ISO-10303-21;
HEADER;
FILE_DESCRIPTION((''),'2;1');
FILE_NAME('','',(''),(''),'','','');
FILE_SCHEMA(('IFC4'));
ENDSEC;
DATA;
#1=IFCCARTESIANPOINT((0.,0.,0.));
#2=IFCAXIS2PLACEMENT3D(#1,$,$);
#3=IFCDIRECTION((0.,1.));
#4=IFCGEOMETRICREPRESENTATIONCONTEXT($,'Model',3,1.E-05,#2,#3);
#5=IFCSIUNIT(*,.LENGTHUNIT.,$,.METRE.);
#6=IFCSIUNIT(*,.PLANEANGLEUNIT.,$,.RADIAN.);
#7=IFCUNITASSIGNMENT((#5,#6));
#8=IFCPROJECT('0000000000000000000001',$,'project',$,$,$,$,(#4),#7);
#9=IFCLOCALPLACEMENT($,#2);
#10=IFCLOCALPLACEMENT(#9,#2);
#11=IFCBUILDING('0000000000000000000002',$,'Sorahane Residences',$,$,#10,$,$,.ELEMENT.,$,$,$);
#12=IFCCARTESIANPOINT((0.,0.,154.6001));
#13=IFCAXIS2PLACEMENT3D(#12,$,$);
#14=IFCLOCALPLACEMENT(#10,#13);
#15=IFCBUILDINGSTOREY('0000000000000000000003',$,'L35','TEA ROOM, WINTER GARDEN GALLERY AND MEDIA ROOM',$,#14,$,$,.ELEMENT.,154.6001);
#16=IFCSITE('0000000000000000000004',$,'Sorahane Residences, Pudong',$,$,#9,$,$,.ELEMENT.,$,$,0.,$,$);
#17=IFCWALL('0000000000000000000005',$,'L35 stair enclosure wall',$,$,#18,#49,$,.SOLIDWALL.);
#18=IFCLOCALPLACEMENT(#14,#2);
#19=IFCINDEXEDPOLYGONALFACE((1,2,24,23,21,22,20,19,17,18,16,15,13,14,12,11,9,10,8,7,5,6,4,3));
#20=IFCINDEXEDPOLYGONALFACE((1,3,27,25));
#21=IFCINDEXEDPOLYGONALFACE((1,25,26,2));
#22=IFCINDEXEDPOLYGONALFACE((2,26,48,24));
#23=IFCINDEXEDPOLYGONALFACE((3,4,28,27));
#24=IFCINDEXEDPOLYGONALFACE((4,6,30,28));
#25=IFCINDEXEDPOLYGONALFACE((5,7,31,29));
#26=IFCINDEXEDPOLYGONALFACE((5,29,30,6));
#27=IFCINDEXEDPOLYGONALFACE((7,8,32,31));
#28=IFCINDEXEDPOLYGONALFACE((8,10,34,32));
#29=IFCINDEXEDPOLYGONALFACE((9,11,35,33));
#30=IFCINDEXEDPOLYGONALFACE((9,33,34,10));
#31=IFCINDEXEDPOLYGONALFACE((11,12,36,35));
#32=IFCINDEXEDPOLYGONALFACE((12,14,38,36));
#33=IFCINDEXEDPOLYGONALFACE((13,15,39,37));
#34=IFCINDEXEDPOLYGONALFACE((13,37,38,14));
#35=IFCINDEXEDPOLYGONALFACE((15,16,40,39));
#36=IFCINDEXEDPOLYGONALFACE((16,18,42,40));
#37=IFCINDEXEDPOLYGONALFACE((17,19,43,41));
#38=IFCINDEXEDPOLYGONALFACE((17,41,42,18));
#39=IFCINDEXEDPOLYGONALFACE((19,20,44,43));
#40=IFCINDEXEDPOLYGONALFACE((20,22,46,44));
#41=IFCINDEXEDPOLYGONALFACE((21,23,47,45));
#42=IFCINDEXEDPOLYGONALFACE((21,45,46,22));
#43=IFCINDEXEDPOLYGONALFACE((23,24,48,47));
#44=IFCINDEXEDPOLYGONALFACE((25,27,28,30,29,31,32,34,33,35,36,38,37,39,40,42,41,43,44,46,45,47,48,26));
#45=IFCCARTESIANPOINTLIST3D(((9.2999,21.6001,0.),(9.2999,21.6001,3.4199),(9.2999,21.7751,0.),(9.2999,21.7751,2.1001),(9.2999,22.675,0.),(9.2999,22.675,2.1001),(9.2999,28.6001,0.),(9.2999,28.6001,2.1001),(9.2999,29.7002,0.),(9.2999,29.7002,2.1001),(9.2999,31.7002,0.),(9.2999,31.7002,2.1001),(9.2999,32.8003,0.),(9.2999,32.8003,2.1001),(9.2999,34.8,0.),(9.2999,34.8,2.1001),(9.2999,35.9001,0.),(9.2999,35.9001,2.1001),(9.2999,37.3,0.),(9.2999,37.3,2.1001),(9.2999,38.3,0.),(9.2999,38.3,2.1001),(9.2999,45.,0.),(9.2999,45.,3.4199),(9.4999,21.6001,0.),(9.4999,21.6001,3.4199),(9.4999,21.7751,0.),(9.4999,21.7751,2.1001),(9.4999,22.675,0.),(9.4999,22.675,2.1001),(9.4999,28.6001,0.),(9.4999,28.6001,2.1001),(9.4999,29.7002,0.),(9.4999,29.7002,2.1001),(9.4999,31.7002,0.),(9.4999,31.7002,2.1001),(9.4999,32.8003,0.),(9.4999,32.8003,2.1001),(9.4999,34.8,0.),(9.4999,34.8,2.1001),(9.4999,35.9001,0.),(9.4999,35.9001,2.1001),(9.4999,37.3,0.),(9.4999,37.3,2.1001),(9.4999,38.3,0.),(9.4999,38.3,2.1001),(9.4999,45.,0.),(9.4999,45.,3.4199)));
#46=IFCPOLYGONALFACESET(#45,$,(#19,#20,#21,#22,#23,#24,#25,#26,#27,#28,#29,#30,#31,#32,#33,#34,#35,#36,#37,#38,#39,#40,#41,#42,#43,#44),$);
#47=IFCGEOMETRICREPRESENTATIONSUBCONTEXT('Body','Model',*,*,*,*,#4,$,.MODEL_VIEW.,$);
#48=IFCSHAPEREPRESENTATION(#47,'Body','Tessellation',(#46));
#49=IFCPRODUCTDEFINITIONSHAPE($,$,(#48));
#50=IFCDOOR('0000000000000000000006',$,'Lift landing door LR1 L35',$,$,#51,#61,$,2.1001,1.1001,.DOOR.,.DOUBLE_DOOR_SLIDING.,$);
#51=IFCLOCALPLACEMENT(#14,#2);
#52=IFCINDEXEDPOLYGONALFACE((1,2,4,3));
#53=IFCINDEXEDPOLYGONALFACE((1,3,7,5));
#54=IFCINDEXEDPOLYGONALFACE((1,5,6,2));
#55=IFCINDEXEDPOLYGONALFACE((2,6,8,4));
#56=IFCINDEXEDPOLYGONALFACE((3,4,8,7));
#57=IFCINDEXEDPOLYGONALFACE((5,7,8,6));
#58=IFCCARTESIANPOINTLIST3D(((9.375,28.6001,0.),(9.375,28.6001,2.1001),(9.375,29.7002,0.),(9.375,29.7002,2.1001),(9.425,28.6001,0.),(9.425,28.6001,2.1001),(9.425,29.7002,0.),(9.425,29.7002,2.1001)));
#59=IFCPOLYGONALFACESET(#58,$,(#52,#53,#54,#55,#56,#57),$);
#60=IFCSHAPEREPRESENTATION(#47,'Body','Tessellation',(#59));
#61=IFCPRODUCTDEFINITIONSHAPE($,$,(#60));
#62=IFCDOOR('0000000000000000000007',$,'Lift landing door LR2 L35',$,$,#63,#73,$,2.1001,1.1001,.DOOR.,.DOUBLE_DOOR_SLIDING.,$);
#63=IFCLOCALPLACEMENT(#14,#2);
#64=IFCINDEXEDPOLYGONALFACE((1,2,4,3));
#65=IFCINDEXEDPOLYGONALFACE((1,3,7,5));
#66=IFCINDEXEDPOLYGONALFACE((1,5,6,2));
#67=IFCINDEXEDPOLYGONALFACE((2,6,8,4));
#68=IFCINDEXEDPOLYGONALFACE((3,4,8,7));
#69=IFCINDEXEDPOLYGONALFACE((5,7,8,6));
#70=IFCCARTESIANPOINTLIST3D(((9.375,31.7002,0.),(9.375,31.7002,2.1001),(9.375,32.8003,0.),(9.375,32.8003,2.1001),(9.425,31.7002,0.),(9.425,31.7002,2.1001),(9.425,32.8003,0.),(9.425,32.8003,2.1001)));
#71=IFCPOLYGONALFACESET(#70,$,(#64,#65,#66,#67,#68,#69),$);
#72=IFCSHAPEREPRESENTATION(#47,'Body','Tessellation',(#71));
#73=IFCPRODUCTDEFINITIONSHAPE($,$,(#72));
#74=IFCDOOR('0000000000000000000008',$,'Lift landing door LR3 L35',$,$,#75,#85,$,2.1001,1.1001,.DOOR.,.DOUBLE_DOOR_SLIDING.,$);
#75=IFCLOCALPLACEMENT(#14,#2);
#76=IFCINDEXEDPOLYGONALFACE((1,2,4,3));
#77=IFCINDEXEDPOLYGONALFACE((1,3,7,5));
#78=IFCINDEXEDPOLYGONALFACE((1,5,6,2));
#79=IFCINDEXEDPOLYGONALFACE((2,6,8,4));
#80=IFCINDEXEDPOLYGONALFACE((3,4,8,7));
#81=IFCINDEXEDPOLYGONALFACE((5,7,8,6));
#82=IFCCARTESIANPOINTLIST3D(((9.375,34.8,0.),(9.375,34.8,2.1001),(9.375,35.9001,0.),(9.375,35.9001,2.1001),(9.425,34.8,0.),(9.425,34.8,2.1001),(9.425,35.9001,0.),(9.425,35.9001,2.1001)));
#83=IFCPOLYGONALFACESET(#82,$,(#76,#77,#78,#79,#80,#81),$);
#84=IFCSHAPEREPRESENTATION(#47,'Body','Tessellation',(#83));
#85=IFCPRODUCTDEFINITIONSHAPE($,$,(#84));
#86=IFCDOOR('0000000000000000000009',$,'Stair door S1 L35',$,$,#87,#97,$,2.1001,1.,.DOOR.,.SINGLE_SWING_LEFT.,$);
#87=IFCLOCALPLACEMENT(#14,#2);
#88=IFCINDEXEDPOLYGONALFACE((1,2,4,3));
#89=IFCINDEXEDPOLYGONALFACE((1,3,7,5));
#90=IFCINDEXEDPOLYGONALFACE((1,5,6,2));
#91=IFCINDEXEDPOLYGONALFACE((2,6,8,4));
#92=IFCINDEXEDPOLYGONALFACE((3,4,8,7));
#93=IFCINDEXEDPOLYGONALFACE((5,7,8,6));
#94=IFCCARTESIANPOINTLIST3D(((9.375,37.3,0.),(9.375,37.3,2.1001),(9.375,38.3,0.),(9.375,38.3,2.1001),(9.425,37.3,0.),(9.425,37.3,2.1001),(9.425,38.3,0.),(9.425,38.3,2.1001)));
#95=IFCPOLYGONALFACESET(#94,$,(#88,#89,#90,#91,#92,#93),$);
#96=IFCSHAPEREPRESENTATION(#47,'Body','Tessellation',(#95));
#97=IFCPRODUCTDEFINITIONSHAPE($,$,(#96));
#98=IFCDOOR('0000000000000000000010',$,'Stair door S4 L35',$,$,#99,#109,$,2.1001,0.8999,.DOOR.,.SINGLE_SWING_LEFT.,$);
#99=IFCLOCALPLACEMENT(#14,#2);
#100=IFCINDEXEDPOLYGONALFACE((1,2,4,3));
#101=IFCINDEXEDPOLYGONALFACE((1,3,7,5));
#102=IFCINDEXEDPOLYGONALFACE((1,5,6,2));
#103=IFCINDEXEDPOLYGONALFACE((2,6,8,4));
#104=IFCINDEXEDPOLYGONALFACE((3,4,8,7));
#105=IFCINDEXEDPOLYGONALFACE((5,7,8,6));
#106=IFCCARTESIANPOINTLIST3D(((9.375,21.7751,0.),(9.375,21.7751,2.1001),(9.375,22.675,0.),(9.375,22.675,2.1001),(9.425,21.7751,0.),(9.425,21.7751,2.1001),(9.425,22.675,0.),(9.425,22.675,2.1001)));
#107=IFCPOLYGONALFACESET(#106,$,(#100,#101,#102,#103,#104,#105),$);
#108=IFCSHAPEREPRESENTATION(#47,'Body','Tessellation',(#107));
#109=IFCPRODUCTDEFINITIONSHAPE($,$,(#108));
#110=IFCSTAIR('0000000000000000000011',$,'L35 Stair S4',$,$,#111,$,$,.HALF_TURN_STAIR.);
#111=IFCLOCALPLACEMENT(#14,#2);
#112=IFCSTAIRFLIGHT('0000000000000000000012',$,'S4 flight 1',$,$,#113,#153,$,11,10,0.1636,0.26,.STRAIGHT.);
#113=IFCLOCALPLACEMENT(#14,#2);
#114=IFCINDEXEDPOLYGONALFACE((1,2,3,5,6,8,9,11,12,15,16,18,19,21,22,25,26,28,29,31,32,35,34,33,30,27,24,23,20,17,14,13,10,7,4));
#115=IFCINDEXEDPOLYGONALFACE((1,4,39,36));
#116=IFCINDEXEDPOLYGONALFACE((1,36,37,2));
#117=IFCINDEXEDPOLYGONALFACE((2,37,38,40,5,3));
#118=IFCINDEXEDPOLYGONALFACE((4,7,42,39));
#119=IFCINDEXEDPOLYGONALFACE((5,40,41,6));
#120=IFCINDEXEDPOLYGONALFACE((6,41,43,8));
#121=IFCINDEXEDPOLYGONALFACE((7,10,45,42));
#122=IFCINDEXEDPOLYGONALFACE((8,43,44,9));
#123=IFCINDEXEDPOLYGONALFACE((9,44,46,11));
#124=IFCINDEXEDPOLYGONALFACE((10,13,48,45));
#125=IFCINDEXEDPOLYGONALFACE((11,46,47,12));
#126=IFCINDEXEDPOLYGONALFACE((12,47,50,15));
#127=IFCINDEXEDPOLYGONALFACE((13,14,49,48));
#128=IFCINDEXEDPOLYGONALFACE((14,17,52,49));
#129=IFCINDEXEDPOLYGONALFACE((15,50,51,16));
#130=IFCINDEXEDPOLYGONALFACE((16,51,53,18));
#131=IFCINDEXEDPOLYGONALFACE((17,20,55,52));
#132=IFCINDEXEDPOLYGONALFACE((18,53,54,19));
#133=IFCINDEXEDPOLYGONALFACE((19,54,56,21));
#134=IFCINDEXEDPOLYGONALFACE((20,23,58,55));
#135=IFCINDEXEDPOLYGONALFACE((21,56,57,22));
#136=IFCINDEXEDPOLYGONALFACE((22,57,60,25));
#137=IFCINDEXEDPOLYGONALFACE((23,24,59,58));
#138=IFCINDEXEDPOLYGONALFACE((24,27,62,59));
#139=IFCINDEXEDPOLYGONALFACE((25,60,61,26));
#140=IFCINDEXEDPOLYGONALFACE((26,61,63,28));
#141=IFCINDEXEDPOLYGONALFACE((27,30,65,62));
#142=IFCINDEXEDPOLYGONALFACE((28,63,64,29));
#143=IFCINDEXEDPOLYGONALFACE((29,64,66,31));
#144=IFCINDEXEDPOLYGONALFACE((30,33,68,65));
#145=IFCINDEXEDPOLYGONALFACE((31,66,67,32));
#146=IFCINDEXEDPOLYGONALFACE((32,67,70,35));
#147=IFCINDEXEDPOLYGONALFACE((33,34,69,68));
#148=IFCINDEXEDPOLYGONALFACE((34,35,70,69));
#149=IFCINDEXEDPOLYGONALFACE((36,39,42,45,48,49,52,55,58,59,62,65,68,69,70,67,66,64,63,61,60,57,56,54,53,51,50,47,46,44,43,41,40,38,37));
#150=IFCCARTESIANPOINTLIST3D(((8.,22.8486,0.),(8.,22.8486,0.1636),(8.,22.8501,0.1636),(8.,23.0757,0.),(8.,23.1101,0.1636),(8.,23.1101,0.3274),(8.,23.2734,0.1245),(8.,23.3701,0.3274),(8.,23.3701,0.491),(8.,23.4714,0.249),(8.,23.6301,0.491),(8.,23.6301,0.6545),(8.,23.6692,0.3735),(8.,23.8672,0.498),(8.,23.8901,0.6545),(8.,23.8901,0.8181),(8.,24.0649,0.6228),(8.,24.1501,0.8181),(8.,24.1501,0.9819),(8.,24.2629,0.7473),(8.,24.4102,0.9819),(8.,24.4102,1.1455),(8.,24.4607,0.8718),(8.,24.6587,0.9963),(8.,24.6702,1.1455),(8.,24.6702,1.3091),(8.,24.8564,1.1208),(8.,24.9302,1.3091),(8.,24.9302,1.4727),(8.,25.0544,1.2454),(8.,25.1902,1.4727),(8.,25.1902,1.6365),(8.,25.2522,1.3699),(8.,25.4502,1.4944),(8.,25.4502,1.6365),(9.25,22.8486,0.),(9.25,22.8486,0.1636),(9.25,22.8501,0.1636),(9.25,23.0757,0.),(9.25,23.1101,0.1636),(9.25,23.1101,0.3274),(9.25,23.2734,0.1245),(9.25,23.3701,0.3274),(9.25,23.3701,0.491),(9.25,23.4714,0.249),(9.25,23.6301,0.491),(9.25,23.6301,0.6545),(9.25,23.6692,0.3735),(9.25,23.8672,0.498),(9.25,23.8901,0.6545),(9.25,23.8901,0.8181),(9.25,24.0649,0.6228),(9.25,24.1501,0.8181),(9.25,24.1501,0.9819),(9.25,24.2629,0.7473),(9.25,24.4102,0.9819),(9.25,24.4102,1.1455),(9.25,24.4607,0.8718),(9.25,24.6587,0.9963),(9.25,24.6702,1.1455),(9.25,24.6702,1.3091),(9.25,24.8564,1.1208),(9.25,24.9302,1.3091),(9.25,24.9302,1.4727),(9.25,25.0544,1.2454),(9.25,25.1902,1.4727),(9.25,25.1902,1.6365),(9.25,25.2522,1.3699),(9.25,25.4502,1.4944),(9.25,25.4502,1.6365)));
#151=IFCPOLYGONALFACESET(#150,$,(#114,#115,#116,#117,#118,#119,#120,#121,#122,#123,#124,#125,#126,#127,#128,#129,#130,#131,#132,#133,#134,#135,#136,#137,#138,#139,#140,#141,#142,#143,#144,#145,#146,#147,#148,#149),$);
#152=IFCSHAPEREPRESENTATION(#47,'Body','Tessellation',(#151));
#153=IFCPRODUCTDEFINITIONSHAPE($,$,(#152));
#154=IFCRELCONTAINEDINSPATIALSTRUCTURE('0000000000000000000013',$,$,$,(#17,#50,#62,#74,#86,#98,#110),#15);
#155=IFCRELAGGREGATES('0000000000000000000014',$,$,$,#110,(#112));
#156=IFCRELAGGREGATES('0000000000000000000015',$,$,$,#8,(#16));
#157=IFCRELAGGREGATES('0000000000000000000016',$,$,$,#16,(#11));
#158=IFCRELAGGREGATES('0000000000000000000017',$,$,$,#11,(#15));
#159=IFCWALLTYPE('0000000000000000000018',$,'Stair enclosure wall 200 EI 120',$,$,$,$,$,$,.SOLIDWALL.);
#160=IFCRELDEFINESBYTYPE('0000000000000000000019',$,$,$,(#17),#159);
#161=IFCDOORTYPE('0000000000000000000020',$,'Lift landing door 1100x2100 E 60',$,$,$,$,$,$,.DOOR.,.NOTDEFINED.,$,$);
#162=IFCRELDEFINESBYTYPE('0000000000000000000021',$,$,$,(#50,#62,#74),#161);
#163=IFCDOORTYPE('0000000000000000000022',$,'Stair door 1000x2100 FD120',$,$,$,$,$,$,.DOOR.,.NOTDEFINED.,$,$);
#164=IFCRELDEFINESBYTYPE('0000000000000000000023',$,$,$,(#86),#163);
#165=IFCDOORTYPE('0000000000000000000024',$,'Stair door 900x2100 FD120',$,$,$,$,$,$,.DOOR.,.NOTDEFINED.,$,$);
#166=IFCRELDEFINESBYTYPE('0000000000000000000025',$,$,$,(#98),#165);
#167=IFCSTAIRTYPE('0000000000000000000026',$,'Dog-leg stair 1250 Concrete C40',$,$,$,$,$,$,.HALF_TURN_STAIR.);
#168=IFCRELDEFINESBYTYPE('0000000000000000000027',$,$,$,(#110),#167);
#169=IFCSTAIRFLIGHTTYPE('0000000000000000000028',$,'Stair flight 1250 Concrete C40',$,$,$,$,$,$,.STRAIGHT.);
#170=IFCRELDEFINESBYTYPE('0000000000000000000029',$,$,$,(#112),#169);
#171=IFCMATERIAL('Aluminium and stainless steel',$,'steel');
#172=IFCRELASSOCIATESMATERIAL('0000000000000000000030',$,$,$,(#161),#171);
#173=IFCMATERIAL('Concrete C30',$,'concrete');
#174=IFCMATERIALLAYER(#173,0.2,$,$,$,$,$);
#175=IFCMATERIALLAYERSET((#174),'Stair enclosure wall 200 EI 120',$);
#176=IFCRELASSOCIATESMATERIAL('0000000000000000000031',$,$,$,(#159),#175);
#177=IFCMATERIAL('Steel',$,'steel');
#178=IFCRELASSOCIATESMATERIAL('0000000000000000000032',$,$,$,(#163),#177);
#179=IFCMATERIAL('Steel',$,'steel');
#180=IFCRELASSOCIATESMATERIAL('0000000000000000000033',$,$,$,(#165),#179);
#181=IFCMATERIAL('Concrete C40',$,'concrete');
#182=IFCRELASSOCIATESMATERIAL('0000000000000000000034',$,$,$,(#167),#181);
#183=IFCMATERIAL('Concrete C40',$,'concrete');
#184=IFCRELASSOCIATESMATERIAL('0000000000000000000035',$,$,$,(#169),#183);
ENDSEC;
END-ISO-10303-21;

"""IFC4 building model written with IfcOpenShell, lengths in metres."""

from ifc_helpers import new_model, si_unit, direction, frame, frame_2d, origin, place, context, subcontext, project, spatial, polyline, rectangle, outline, extrude, material, layer, layer_set, type_object, element, fill, aggregate, save


model = new_model("IFC4")

# Units and contexts
model_context = context("Model", 3, precision=1e-05, world=origin(), true_north=direction((0.0, 1.0)))
body_context = subcontext(model_context, "Body", "Model", "MODEL_VIEW")
ifc_project = project(units=[si_unit("LENGTHUNIT", "METRE"), si_unit("PLANEANGLEUNIT", "RADIAN")], contexts=[model_context])

# Site, building, storey
site_placement = place(None, origin())
site = spatial("IfcSite", under=ifc_project, at=site_placement, Name="Sorahane Residences, Pudong", CompositionType="ELEMENT", RefElevation=0.0)
building_placement = place(site_placement, origin())
building = spatial("IfcBuilding", under=site, at=building_placement, Name="Sorahane Residences", CompositionType="ELEMENT")
storey_placement = place(building_placement, frame((0.0, 0.0, 154.6001)))
storey = spatial("IfcBuildingStorey", under=building, at=storey_placement, Name="L35", Description="TEA ROOM, WINTER GARDEN GALLERY AND MEDIA ROOM", CompositionType="ELEMENT", Elevation=154.6001)

# Shared definitions
ifc_material_1 = material(Name="Aluminium and stainless steel", Category="steel")
door_type_1 = type_object("IfcDoorType", Name="Lift landing door 1100x2100 E 60", OperationType="NOTDEFINED", PredefinedType="DOOR", material=ifc_material_1)

# Wall, openings, doors
ifc_material_2 = material(Name="Concrete C30", Category="concrete")
ifc_layer_1 = layer(ifc_material_2, 0.2)
ifc_layer_set_1 = layer_set([ifc_layer_1], Name="Stair enclosure wall 200 EI 120")
wall_type_1 = type_object("IfcWallType", Name="Stair enclosure wall 200 EI 120", PredefinedType="SOLIDWALL", material=ifc_layer_set_1)
ifc_material_3 = material(Name="Steel", Category="steel")
door_type_2 = type_object("IfcDoorType", Name="Stair door 1000x2100 FD120", OperationType="NOTDEFINED", PredefinedType="DOOR", material=ifc_material_3)
wall_1_placement = place(storey_placement, frame((9.3999, 21.6001, 0.0), z_axis=(0.0, 0.0, 1.0), x_axis=(0.0, 1.0, 0.0)))
wall_1 = element("IfcWall", 1, at=wall_1_placement, inside=storey, type_object=wall_type_1, Name="L35 stair enclosure wall", PredefinedType="SOLIDWALL", context=body_context, shape_type="SweptSolid", body=[
    extrude(rectangle(XDim=23.3999, YDim=0.2, at=frame_2d((11.7, 0.0))), origin(), (0.0, 0.0, 1.0), 3.4199),
])
opening_1_placement = place(wall_1_placement, frame((7.0, 0.0, 0.0)))
opening_1 = element("IfcOpeningElement", 2, at=opening_1_placement, cuts=wall_1, PredefinedType="OPENING", context=body_context, shape_type="SweptSolid", body=[
    extrude(rectangle(XDim=1.1001, YDim=2.1001, at=frame_2d((0.55, 1.05))), frame((0.0, 0.1099, 0.0), z_axis=(0.0, -1.0, 0.0), x_axis=(1.0, 0.0, 0.0)), (0.0, 0.0, 1.0), 0.22),
])
opening_2_placement = place(wall_1_placement, frame((10.1001, 0.0, 0.0)))
opening_2 = element("IfcOpeningElement", 3, at=opening_2_placement, cuts=wall_1, PredefinedType="OPENING", context=body_context, shape_type="SweptSolid", body=[
    extrude(rectangle(XDim=1.1001, YDim=2.1001, at=frame_2d((0.55, 1.05))), frame((0.0, 0.1099, 0.0), z_axis=(0.0, -1.0, 0.0), x_axis=(1.0, 0.0, 0.0)), (0.0, 0.0, 1.0), 0.22),
])
opening_3_placement = place(wall_1_placement, frame((13.2, 0.0, 0.0)))
opening_3 = element("IfcOpeningElement", 4, at=opening_3_placement, cuts=wall_1, PredefinedType="OPENING", context=body_context, shape_type="SweptSolid", body=[
    extrude(rectangle(XDim=1.1001, YDim=2.1001, at=frame_2d((0.55, 1.05))), frame((0.0, 0.1099, 0.0), z_axis=(0.0, -1.0, 0.0), x_axis=(1.0, 0.0, 0.0)), (0.0, 0.0, 1.0), 0.22),
])
opening_4_placement = place(wall_1_placement, frame((15.7, 0.0, 0.0)))
opening_4 = element("IfcOpeningElement", 5, at=opening_4_placement, cuts=wall_1, PredefinedType="OPENING", context=body_context, shape_type="SweptSolid", body=[
    extrude(rectangle(XDim=1.0, YDim=2.1001, at=frame_2d((0.5, 1.05))), frame((0.0, 0.1099, 0.0), z_axis=(0.0, -1.0, 0.0), x_axis=(1.0, 0.0, 0.0)), (0.0, 0.0, 1.0), 0.22),
])
opening_5_placement = place(wall_1_placement, frame((0.175, 0.0, 0.0)))
opening_5 = element("IfcOpeningElement", 6, at=opening_5_placement, cuts=wall_1, PredefinedType="OPENING", context=body_context, shape_type="SweptSolid", body=[
    extrude(rectangle(XDim=0.8999, YDim=2.1001, at=frame_2d((0.45, 1.05))), frame((0.0, 0.1099, 0.0), z_axis=(0.0, -1.0, 0.0), x_axis=(1.0, 0.0, 0.0)), (0.0, 0.0, 1.0), 0.22),
])
door_1_placement = place(opening_1_placement, origin())
door_1 = element("IfcDoor", 7, at=door_1_placement, inside=storey, type_object=door_type_1, Name="Lift landing door LR1 L35", OperationType="DOUBLE_DOOR_SLIDING", OverallHeight=2.1001, OverallWidth=1.1001, PredefinedType="DOOR", context=body_context, shape_type="SweptSolid", body=[
    extrude(rectangle(XDim=1.1001, YDim=2.1001, at=frame_2d((0.55, 1.05))), frame((0.0, 0.0249, 0.0), z_axis=(0.0, -1.0, 0.0), x_axis=(1.0, 0.0, 0.0)), (0.0, 0.0, 1.0), 0.05),
])
fill(opening_1, door_1)
door_2_placement = place(opening_2_placement, origin())
door_2 = element("IfcDoor", 8, at=door_2_placement, inside=storey, type_object=door_type_1, Name="Lift landing door LR2 L35", OperationType="DOUBLE_DOOR_SLIDING", OverallHeight=2.1001, OverallWidth=1.1001, PredefinedType="DOOR", context=body_context, shape_type="SweptSolid", body=[
    extrude(rectangle(XDim=1.1001, YDim=2.1001, at=frame_2d((0.55, 1.05))), frame((0.0, 0.0249, 0.0), z_axis=(0.0, -1.0, 0.0), x_axis=(1.0, 0.0, 0.0)), (0.0, 0.0, 1.0), 0.05),
])
fill(opening_2, door_2)
door_3_placement = place(opening_3_placement, origin())
door_3 = element("IfcDoor", 9, at=door_3_placement, inside=storey, type_object=door_type_1, Name="Lift landing door LR3 L35", OperationType="DOUBLE_DOOR_SLIDING", OverallHeight=2.1001, OverallWidth=1.1001, PredefinedType="DOOR", context=body_context, shape_type="SweptSolid", body=[
    extrude(rectangle(XDim=1.1001, YDim=2.1001, at=frame_2d((0.55, 1.05))), frame((0.0, 0.0249, 0.0), z_axis=(0.0, -1.0, 0.0), x_axis=(1.0, 0.0, 0.0)), (0.0, 0.0, 1.0), 0.05),
])
fill(opening_3, door_3)
door_4_placement = place(opening_4_placement, origin())
door_4 = element("IfcDoor", 10, at=door_4_placement, inside=storey, type_object=door_type_2, Name="Stair door S1 L35", OperationType="SINGLE_SWING_LEFT", OverallHeight=2.1001, OverallWidth=1.0, PredefinedType="DOOR", context=body_context, shape_type="SweptSolid", body=[
    extrude(rectangle(XDim=1.0, YDim=2.1001, at=frame_2d((0.5, 1.05))), frame((0.0, 0.0249, 0.0), z_axis=(0.0, -1.0, 0.0), x_axis=(1.0, 0.0, 0.0)), (0.0, 0.0, 1.0), 0.05),
])
fill(opening_4, door_4)
ifc_material_4 = material(Name="Steel", Category="steel")
door_type_3 = type_object("IfcDoorType", Name="Stair door 900x2100 FD120", OperationType="NOTDEFINED", PredefinedType="DOOR", material=ifc_material_4)
door_5_placement = place(opening_5_placement, origin())
door_5 = element("IfcDoor", 11, at=door_5_placement, inside=storey, type_object=door_type_3, Name="Stair door S4 L35", OperationType="SINGLE_SWING_LEFT", OverallHeight=2.1001, OverallWidth=0.8999, PredefinedType="DOOR", context=body_context, shape_type="SweptSolid", body=[
    extrude(rectangle(XDim=0.8999, YDim=2.1001, at=frame_2d((0.45, 1.05))), frame((0.0, 0.0249, 0.0), z_axis=(0.0, -1.0, 0.0), x_axis=(1.0, 0.0, 0.0)), (0.0, 0.0, 1.0), 0.05),
])
fill(opening_5, door_5)

# Stair, stair flight
ifc_material_5 = material(Name="Concrete C40", Category="concrete")
stair_type = type_object("IfcStairType", Name="Dog-leg stair 1250 Concrete C40", PredefinedType="HALF_TURN_STAIR", material=ifc_material_5)
stair_placement = place(storey_placement, origin())
stair = element("IfcStair", 12, at=stair_placement, inside=storey, type_object=stair_type, Name="L35 Stair S4", PredefinedType="HALF_TURN_STAIR")
ifc_material_6 = material(Name="Concrete C40", Category="concrete")
stair_flight_type = type_object("IfcStairFlightType", Name="Stair flight 1250 Concrete C40", PredefinedType="STRAIGHT", material=ifc_material_6)
stair_flight_placement = place(storey_placement, frame((8.625, 22.8501, 0.0), z_axis=(0.0, 0.0, 1.0), x_axis=(0.0, 1.0, 0.0)))
stair_flight = element("IfcStairFlight", 13, at=stair_flight_placement, type_object=stair_flight_type, Name="S4 flight 1", NumberOfRisers=11, NumberOfTreads=10, PredefinedType="STRAIGHT", RiserHeight=0.1636, TreadLength=0.26, context=body_context, shape_type="SweptSolid", body=[
    extrude(outline(polyline([(-0.0015, 0.0), (-0.0015, 0.1636), (0.0, 0.1636), (0.26, 0.1636), (0.26, 0.3274), (0.52, 0.3274), (0.52, 0.491), (0.78, 0.491), (0.78, 0.6545), (1.04, 0.6545), (1.04, 0.8181), (1.3, 0.8181), (1.3, 0.9819), (1.5601, 0.9819), (1.5601, 1.1455), (1.8201, 1.1455), (1.8201, 1.3091), (2.0801, 1.3091), (2.0801, 1.4727), (2.3401, 1.4727), (2.3401, 1.6365), (2.6001, 1.6365), (2.6001, 1.8), (2.6001, 1.4944), (2.4021, 1.3699), (2.2043, 1.2454), (2.0063, 1.1208), (1.8086, 0.9963), (1.6106, 0.8718), (1.4128, 0.7473), (1.2148, 0.6228), (1.0171, 0.498), (0.8191, 0.3735), (0.6213, 0.249), (0.4233, 0.1245), (0.2256, 0.0), (-0.0015, 0.0)])), frame((0.0, 0.625, 0.0), z_axis=(0.0, -1.0, 0.0), x_axis=(1.0, 0.0, 0.0)), (0.0, 0.0, 1.0), 1.25),
])
aggregate(stair, [stair_flight])

save(model, "model.ifc")
